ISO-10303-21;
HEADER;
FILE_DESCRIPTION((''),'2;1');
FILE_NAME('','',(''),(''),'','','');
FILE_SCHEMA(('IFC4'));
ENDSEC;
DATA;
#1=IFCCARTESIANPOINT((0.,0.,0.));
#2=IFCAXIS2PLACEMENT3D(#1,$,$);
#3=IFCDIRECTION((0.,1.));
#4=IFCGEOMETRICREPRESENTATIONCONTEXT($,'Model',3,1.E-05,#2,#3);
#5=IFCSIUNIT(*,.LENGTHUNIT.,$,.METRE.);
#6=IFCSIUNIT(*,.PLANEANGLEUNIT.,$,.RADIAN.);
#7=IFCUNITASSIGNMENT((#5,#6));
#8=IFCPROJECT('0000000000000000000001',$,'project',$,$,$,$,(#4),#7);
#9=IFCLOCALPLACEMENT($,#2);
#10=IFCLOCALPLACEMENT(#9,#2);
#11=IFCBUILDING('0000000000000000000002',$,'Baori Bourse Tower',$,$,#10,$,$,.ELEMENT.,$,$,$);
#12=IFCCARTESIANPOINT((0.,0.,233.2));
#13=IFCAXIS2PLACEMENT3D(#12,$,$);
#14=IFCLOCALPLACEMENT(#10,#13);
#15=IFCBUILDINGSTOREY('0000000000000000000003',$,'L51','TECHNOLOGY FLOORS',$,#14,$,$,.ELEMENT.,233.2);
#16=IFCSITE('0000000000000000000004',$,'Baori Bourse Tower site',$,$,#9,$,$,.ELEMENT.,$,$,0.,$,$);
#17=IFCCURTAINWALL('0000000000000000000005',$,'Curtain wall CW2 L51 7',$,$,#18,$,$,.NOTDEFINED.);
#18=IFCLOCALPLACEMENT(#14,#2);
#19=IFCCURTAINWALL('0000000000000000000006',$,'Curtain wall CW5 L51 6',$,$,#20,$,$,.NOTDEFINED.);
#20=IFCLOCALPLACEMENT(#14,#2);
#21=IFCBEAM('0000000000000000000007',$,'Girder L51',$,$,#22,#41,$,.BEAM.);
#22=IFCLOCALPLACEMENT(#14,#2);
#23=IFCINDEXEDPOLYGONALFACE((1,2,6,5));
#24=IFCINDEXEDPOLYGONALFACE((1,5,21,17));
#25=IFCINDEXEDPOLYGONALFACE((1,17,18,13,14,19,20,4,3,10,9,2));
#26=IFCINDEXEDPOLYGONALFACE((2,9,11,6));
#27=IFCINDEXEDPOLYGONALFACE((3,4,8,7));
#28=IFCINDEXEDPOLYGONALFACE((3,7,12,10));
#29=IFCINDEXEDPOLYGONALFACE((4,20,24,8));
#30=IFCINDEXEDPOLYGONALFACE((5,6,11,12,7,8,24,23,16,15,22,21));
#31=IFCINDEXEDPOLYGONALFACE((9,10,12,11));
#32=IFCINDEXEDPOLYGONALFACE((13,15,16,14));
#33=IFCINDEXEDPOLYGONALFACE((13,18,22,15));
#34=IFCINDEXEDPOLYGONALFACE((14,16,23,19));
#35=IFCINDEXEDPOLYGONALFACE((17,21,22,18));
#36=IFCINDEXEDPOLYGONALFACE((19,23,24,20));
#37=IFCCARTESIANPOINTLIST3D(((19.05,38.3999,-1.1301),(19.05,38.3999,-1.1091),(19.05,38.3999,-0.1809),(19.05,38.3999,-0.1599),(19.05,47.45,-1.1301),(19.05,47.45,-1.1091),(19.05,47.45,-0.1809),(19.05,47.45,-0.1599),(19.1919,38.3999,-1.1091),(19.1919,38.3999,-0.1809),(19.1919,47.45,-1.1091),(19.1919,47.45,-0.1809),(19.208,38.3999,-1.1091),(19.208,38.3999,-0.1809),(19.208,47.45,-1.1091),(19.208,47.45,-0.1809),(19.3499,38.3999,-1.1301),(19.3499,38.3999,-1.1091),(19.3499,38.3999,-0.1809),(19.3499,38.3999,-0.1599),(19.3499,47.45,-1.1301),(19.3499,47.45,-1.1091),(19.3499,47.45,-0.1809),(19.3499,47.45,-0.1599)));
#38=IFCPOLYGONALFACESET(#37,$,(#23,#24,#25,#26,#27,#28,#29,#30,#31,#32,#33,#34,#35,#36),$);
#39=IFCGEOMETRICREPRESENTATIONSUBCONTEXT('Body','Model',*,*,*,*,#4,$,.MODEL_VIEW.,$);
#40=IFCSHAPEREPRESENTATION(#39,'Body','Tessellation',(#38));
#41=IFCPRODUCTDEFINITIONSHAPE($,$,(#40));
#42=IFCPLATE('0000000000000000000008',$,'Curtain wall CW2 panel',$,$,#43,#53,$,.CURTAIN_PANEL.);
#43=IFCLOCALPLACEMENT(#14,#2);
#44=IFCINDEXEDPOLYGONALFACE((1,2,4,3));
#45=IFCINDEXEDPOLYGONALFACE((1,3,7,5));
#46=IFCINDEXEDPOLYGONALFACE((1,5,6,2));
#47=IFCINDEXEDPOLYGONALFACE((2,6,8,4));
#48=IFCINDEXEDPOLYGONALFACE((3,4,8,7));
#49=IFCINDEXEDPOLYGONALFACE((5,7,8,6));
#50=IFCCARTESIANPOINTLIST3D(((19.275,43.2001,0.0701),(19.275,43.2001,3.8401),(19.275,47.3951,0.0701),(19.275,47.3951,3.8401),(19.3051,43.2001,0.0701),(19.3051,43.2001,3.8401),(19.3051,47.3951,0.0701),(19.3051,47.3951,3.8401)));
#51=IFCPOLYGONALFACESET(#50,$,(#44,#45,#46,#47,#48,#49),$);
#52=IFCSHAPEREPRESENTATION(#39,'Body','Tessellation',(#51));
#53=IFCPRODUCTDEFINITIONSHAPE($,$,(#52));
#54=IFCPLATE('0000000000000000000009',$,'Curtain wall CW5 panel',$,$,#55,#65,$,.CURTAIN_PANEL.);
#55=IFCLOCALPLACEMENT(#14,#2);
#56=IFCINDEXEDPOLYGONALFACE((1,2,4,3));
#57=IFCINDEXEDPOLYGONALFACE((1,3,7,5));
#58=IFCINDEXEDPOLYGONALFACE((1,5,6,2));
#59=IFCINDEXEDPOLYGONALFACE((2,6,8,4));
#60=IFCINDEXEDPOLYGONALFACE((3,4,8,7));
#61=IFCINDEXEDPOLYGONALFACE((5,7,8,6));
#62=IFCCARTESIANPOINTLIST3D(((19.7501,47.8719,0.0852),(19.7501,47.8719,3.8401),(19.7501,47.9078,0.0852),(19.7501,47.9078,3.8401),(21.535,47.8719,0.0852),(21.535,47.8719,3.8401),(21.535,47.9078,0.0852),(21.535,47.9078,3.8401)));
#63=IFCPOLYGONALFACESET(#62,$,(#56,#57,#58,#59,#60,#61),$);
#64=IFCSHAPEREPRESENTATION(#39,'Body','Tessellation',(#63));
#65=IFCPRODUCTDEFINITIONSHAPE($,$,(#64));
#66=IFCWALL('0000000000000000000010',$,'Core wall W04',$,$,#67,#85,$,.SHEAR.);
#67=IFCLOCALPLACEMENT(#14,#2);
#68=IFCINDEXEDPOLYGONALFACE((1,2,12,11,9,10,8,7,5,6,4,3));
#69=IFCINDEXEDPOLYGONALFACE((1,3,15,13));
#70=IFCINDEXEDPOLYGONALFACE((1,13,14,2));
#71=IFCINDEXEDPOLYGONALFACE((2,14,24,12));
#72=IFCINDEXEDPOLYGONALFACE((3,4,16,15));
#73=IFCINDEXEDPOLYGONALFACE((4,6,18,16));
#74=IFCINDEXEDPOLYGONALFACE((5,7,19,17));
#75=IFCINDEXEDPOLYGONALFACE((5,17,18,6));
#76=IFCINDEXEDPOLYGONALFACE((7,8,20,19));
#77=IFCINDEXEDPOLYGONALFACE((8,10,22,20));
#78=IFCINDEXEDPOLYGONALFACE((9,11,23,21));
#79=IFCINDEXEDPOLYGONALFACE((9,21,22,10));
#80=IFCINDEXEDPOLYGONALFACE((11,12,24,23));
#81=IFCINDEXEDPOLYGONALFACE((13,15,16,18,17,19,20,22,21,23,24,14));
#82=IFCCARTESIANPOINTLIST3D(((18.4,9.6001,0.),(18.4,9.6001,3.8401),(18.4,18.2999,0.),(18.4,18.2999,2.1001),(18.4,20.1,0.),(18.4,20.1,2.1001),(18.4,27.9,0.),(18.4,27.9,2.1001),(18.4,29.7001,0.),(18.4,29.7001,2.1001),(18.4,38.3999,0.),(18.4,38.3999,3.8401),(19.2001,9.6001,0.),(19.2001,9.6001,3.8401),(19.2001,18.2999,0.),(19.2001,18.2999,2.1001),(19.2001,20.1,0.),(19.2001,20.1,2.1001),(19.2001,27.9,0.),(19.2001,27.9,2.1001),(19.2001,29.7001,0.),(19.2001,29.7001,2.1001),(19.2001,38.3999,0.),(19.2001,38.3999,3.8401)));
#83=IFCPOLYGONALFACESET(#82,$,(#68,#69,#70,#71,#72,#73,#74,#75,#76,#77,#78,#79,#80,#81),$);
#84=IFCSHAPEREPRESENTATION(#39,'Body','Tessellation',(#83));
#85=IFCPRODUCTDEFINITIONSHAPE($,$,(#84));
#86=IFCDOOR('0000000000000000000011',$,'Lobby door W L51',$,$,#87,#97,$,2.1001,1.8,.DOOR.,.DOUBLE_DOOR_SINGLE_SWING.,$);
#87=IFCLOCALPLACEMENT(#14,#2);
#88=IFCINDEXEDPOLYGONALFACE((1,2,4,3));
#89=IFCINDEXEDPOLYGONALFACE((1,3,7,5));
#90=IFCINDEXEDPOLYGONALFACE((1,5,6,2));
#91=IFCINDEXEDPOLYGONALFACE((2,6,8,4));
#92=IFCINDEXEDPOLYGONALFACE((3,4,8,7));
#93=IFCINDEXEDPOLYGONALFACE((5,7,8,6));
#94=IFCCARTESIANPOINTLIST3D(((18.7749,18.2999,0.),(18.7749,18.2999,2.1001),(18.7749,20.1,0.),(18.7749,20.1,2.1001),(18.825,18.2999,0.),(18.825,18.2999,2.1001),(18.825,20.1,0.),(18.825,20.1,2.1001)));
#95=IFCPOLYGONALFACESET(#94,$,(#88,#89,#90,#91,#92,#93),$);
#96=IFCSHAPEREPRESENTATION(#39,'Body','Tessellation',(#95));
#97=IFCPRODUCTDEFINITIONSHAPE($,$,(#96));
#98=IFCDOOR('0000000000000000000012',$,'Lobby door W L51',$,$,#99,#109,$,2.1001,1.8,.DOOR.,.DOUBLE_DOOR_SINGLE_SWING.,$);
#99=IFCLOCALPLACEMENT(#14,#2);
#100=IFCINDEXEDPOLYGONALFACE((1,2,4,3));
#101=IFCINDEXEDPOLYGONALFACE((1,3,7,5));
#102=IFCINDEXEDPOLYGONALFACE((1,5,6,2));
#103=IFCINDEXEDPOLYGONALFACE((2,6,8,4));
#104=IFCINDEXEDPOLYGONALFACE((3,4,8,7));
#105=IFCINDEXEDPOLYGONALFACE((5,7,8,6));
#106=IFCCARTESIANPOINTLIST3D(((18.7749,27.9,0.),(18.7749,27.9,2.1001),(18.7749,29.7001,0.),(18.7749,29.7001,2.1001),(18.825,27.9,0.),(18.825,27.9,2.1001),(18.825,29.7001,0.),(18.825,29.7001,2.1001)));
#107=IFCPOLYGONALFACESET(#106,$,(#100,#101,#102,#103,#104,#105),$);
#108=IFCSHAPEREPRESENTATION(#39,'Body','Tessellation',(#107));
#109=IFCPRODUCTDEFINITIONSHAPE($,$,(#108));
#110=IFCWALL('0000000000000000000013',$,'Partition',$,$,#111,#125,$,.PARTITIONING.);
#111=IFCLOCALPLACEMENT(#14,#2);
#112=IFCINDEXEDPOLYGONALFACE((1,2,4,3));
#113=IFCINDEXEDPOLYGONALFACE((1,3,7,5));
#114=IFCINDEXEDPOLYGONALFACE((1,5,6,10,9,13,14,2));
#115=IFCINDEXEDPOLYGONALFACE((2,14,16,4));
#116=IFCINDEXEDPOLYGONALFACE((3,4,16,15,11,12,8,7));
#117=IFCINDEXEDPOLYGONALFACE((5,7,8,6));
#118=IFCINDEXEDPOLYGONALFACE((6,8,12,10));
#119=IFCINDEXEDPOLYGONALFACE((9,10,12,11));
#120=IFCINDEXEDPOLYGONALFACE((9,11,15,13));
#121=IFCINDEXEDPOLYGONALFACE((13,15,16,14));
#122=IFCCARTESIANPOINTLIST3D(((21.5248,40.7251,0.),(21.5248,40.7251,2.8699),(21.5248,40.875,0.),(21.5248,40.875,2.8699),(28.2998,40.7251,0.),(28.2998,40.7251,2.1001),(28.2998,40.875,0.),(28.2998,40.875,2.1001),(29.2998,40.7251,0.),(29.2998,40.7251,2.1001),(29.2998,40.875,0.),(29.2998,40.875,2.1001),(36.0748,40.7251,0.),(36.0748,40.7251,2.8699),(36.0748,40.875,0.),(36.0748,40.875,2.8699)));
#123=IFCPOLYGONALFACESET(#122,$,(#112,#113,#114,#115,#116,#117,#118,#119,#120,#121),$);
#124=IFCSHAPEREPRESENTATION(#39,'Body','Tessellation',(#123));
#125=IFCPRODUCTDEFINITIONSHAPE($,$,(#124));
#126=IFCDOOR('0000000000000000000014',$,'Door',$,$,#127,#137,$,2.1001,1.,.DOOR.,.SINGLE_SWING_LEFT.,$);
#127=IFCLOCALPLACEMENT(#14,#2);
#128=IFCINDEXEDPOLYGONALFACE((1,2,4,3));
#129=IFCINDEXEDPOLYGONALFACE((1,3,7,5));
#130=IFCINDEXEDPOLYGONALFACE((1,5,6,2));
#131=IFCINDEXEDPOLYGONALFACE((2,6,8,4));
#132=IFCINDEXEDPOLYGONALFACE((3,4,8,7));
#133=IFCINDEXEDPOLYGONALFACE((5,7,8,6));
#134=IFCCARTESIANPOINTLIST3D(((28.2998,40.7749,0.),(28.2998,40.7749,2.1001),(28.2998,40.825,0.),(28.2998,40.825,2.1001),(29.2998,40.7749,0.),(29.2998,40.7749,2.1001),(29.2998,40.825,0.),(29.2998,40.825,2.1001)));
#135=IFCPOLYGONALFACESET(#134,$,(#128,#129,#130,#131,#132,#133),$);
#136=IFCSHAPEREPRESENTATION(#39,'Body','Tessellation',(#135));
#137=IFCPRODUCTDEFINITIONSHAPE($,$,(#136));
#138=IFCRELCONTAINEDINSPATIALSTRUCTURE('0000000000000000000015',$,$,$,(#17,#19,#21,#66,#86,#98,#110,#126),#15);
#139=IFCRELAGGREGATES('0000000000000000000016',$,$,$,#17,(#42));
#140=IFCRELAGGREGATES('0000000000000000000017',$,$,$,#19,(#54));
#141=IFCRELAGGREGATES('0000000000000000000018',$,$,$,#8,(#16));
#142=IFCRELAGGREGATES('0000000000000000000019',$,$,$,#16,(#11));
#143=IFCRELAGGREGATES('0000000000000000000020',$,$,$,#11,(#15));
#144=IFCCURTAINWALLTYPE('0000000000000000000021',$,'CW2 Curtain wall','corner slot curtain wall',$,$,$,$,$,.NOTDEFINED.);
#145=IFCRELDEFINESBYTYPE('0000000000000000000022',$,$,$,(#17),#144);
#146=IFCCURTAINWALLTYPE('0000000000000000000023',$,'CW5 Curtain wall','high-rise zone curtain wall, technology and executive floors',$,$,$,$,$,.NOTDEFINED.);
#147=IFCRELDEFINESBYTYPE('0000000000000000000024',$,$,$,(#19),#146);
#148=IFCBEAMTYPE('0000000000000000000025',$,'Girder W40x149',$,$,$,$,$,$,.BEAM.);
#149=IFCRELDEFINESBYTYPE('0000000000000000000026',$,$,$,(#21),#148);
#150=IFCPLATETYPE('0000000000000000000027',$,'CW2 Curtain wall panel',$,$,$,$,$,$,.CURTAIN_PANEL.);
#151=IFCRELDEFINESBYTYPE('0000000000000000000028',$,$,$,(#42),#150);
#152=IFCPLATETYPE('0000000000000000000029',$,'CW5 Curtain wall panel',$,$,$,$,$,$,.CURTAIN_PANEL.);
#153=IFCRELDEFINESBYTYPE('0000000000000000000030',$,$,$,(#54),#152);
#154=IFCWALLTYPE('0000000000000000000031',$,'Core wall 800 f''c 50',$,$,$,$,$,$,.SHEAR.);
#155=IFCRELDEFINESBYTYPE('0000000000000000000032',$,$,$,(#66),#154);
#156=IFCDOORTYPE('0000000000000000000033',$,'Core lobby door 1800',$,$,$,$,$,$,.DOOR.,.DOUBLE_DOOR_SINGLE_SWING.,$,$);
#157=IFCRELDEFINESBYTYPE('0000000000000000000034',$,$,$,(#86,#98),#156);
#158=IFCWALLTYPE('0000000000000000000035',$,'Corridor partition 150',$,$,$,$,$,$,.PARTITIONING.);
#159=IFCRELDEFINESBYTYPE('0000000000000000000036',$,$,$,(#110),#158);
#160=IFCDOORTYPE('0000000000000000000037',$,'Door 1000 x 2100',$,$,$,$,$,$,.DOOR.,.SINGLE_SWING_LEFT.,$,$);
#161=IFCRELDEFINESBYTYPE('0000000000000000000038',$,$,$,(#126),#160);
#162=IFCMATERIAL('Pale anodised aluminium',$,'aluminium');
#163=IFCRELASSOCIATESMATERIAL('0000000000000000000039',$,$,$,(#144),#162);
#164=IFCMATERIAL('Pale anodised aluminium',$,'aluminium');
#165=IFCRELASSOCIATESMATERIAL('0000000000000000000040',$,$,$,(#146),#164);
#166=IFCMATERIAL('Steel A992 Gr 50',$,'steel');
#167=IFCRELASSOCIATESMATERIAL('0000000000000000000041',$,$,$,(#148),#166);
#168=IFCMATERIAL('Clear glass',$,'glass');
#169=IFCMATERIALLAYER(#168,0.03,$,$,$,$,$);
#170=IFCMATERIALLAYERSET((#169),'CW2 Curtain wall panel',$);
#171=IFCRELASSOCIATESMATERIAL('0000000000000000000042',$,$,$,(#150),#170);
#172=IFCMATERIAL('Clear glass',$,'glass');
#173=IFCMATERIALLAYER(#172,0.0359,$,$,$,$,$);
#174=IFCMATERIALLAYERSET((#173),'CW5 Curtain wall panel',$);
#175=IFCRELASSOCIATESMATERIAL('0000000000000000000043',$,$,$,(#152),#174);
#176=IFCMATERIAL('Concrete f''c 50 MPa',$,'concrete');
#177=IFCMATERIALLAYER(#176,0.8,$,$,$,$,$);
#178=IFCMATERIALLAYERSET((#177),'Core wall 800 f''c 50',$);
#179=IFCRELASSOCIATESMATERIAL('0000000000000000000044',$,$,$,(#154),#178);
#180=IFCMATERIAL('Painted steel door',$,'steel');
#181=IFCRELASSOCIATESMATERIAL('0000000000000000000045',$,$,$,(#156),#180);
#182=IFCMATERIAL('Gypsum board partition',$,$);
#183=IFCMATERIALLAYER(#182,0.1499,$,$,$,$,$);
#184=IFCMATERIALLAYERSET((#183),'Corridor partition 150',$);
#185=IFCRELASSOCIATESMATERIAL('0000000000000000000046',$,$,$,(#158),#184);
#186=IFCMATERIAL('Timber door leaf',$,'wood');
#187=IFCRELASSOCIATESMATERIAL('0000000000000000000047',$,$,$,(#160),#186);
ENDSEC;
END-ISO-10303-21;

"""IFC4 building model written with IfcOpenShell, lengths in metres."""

from ifc_helpers import new_model, si_unit, direction, frame, frame_2d, origin, origin_2d, place, context, subcontext, project, spatial, rectangle, i_section, extrude, material, layer, layer_set, material_profile, profile_set, type_object, element, fill, aggregate, save


model = new_model("IFC4")

# Units and contexts
model_context = context("Model", 3, precision=1e-05, world=origin(), true_north=direction((0.0, 1.0)))
body_context = subcontext(model_context, "Body", "Model", "MODEL_VIEW")
ifc_project = project(units=[si_unit("LENGTHUNIT", "METRE"), si_unit("PLANEANGLEUNIT", "RADIAN")], contexts=[model_context])

# Site, building, storey
site_placement = place(None, origin())
site = spatial("IfcSite", under=ifc_project, at=site_placement, Name="Baori Bourse Tower site", CompositionType="ELEMENT", RefElevation=0.0)
building_placement = place(site_placement, origin())
building = spatial("IfcBuilding", under=site, at=building_placement, Name="Baori Bourse Tower", CompositionType="ELEMENT")
storey_placement = place(building_placement, frame((0.0, 0.0, 233.2)))
storey = spatial("IfcBuildingStorey", under=building, at=storey_placement, Name="L51", Description="TECHNOLOGY FLOORS", CompositionType="ELEMENT", Elevation=233.2)

# Curtain wall
ifc_material_1 = material(Name="Pale anodised aluminium", Category="aluminium")
curtain_wall_type_1 = type_object("IfcCurtainWallType", Name="CW2 Curtain wall", Description="corner slot curtain wall", PredefinedType="NOTDEFINED", material=ifc_material_1)
curtain_wall_1_placement = place(storey_placement, origin())
curtain_wall_1 = element("IfcCurtainWall", 1, at=curtain_wall_1_placement, inside=storey, type_object=curtain_wall_type_1, Name="Curtain wall CW2 L51 7", PredefinedType="NOTDEFINED")

# Curtain wall
ifc_material_2 = material(Name="Pale anodised aluminium", Category="aluminium")
curtain_wall_type_2 = type_object("IfcCurtainWallType", Name="CW5 Curtain wall", Description="high-rise zone curtain wall, technology and executive floors", PredefinedType="NOTDEFINED", material=ifc_material_2)
curtain_wall_2_placement = place(storey_placement, origin())
curtain_wall_2 = element("IfcCurtainWall", 2, at=curtain_wall_2_placement, inside=storey, type_object=curtain_wall_type_2, Name="Curtain wall CW5 L51 6", PredefinedType="NOTDEFINED")

# Beam
ifc_material_3 = material(Name="Steel A992 Gr 50", Category="steel")
ifc_material_profile_1 = material_profile(ifc_material_3, i_section(OverallWidth=0.2998, OverallDepth=0.9702, WebThickness=0.0161, FlangeThickness=0.021, at=origin_2d()), Name="W40x149")
ifc_profile_set_1 = profile_set([ifc_material_profile_1], Name="Steel A992 Gr 50")
beam_type_1 = type_object("IfcBeamType", Name="Girder W40x149", PredefinedType="BEAM", material=ifc_profile_set_1)
beam_1_placement = place(storey_placement, frame((19.2, 38.3999, -0.645), z_axis=(0.0, 1.0, 0.0), x_axis=(-1.0, 0.0, 0.0)))
element("IfcBeam", 3, at=beam_1_placement, inside=storey, type_object=beam_type_1, Name="Girder L51", PredefinedType="BEAM", context=body_context, shape_type="SweptSolid", body=[
    extrude(i_section(OverallWidth=0.2998, OverallDepth=0.9702, WebThickness=0.0161, FlangeThickness=0.021, at=origin_2d()), origin(), (0.0, 0.0, 1.0), 9.05),
])

# Plates
ifc_material_4 = material(Name="Clear glass", Category="glass")
ifc_layer_1 = layer(ifc_material_4, 0.03)
ifc_layer_set_1 = layer_set([ifc_layer_1], Name="CW2 Curtain wall panel")
plate_type_1 = type_object("IfcPlateType", Name="CW2 Curtain wall panel", PredefinedType="CURTAIN_PANEL", material=ifc_layer_set_1)
plate_1_placement = place(storey_placement, frame((19.29, 45.2976, 0.0701), z_axis=(0.0, 0.0, 1.0), x_axis=(0.0, -1.0, 0.0)))
plate_1 = element("IfcPlate", 4, at=plate_1_placement, type_object=plate_type_1, Name="Curtain wall CW2 panel", PredefinedType="CURTAIN_PANEL", context=body_context, shape_type="SweptSolid", body=[
    extrude(rectangle(XDim=4.1951, YDim=0.03, at=origin_2d()), origin(), (0.0, 0.0, 1.0), 3.77),
])
aggregate(curtain_wall_1, [plate_1])
ifc_material_5 = material(Name="Clear glass", Category="glass")
ifc_layer_2 = layer(ifc_material_5, 0.0359)
ifc_layer_set_2 = layer_set([ifc_layer_2], Name="CW5 Curtain wall panel")
plate_type_2 = type_object("IfcPlateType", Name="CW5 Curtain wall panel", PredefinedType="CURTAIN_PANEL", material=ifc_layer_set_2)
plate_2_placement = place(storey_placement, frame((20.6426, 47.8899, 0.0852), z_axis=(0.0, 0.0, 1.0), x_axis=(-1.0, 0.0, 0.0)))
plate_2 = element("IfcPlate", 5, at=plate_2_placement, type_object=plate_type_2, Name="Curtain wall CW5 panel", PredefinedType="CURTAIN_PANEL", context=body_context, shape_type="SweptSolid", body=[
    extrude(rectangle(XDim=1.7849, YDim=0.0359, at=origin_2d()), origin(), (0.0, 0.0, 1.0), 3.7549),
])
aggregate(curtain_wall_2, [plate_2])

# Wall, openings, doors
ifc_material_6 = material(Name="Concrete f'c 50 MPa", Category="concrete")
ifc_layer_3 = layer(ifc_material_6, 0.8)
ifc_layer_set_3 = layer_set([ifc_layer_3], Name="Core wall 800 f'c 50")
wall_type_1 = type_object("IfcWallType", Name="Core wall 800 f'c 50", PredefinedType="SHEAR", material=ifc_layer_set_3)
wall_1_placement = place(storey_placement, frame((18.8, 38.3999, 0.0), z_axis=(0.0, 0.0, 1.0), x_axis=(0.0, -1.0, 0.0)))
wall_1 = element("IfcWall", 6, at=wall_1_placement, inside=storey, type_object=wall_type_1, Name="Core wall W04", PredefinedType="SHEAR", context=body_context, shape_type="SweptSolid", body=[
    extrude(rectangle(XDim=28.7998, YDim=0.8, at=frame_2d((14.3999, 0.0))), origin(), (0.0, 0.0, 1.0), 3.8401),
])
opening_1_placement = place(wall_1_placement, frame((18.3, 0.0, 0.0)))
opening_1 = element("IfcOpeningElement", 7, at=opening_1_placement, cuts=wall_1, PredefinedType="OPENING", context=body_context, shape_type="SweptSolid", body=[
    extrude(rectangle(XDim=1.8, YDim=2.1001, at=frame_2d((0.8999, 1.05))), frame((0.0, 0.4099, 0.0), z_axis=(0.0, -1.0, 0.0), x_axis=(1.0, 0.0, 0.0)), (0.0, 0.0, 1.0), 0.8201),
])
opening_2_placement = place(wall_1_placement, frame((8.7, 0.0, 0.0)))
opening_2 = element("IfcOpeningElement", 8, at=opening_2_placement, cuts=wall_1, PredefinedType="OPENING", context=body_context, shape_type="SweptSolid", body=[
    extrude(rectangle(XDim=1.8, YDim=2.1001, at=frame_2d((0.8999, 1.05))), frame((0.0, 0.4099, 0.0), z_axis=(0.0, -1.0, 0.0), x_axis=(1.0, 0.0, 0.0)), (0.0, 0.0, 1.0), 0.8201),
])
ifc_material_7 = material(Name="Painted steel door", Category="steel")
door_type_1 = type_object("IfcDoorType", Name="Core lobby door 1800", OperationType="DOUBLE_DOOR_SINGLE_SWING", PredefinedType="DOOR", material=ifc_material_7)
door_1_placement = place(opening_1_placement, origin())
door_1 = element("IfcDoor", 9, at=door_1_placement, inside=storey, type_object=door_type_1, Name="Lobby door W L51", OperationType="DOUBLE_DOOR_SINGLE_SWING", OverallHeight=2.1001, OverallWidth=1.8, PredefinedType="DOOR", context=body_context, shape_type="SweptSolid", body=[
    extrude(rectangle(XDim=1.8, YDim=2.1001, at=frame_2d((0.8999, 1.05))), frame((0.0, 0.0249, 0.0), z_axis=(0.0, -1.0, 0.0), x_axis=(1.0, 0.0, 0.0)), (0.0, 0.0, 1.0), 0.05),
])
fill(opening_1, door_1)
door_2_placement = place(opening_2_placement, origin())
door_2 = element("IfcDoor", 10, at=door_2_placement, inside=storey, type_object=door_type_1, Name="Lobby door W L51", OperationType="DOUBLE_DOOR_SINGLE_SWING", OverallHeight=2.1001, OverallWidth=1.8, PredefinedType="DOOR", context=body_context, shape_type="SweptSolid", body=[
    extrude(rectangle(XDim=1.8, YDim=2.1001, at=frame_2d((0.8999, 1.05))), frame((0.0, 0.0249, 0.0), z_axis=(0.0, -1.0, 0.0), x_axis=(1.0, 0.0, 0.0)), (0.0, 0.0, 1.0), 0.05),
])
fill(opening_2, door_2)

# Wall, opening, door
ifc_material_8 = material(Name="Gypsum board partition")
ifc_layer_4 = layer(ifc_material_8, 0.1499)
ifc_layer_set_4 = layer_set([ifc_layer_4], Name="Corridor partition 150")
wall_type_2 = type_object("IfcWallType", Name="Corridor partition 150", PredefinedType="PARTITIONING", material=ifc_layer_set_4)
wall_2_placement = place(storey_placement, frame((21.5249, 40.8, 0.0), z_axis=(0.0, 0.0, 1.0), x_axis=(1.0, 0.0, 0.0)))
wall_2 = element("IfcWall", 11, at=wall_2_placement, inside=storey, type_object=wall_type_2, Name="Partition", PredefinedType="PARTITIONING", context=body_context, shape_type="SweptSolid", body=[
    extrude(rectangle(XDim=14.55, YDim=0.1499, at=frame_2d((7.2749, 0.0))), origin(), (0.0, 0.0, 1.0), 2.8699),
])
opening_3_placement = place(wall_2_placement, frame((6.7749, 0.0, 0.0)))
opening_3 = element("IfcOpeningElement", 12, at=opening_3_placement, cuts=wall_2, PredefinedType="OPENING", context=body_context, shape_type="SweptSolid", body=[
    extrude(rectangle(XDim=1.0, YDim=2.1001, at=frame_2d((0.5, 1.05))), frame((0.0, 0.085, 0.0), z_axis=(0.0, -1.0, 0.0), x_axis=(1.0, 0.0, 0.0)), (0.0, 0.0, 1.0), 0.1699),
])
ifc_material_9 = material(Name="Timber door leaf", Category="wood")
door_type_2 = type_object("IfcDoorType", Name="Door 1000 x 2100", OperationType="SINGLE_SWING_LEFT", PredefinedType="DOOR", material=ifc_material_9)
door_3_placement = place(opening_3_placement, origin())
door_3 = element("IfcDoor", 13, at=door_3_placement, inside=storey, type_object=door_type_2, Name="Door", OperationType="SINGLE_SWING_LEFT", OverallHeight=2.1001, OverallWidth=1.0, PredefinedType="DOOR", context=body_context, shape_type="SweptSolid", body=[
    extrude(rectangle(XDim=1.0, YDim=2.1001, at=frame_2d((0.5, 1.05))), frame((0.0, 0.0249, 0.0), z_axis=(0.0, -1.0, 0.0), x_axis=(1.0, 0.0, 0.0)), (0.0, 0.0, 1.0), 0.05),
])
fill(opening_3, door_3)

save(model, "model.ifc")
